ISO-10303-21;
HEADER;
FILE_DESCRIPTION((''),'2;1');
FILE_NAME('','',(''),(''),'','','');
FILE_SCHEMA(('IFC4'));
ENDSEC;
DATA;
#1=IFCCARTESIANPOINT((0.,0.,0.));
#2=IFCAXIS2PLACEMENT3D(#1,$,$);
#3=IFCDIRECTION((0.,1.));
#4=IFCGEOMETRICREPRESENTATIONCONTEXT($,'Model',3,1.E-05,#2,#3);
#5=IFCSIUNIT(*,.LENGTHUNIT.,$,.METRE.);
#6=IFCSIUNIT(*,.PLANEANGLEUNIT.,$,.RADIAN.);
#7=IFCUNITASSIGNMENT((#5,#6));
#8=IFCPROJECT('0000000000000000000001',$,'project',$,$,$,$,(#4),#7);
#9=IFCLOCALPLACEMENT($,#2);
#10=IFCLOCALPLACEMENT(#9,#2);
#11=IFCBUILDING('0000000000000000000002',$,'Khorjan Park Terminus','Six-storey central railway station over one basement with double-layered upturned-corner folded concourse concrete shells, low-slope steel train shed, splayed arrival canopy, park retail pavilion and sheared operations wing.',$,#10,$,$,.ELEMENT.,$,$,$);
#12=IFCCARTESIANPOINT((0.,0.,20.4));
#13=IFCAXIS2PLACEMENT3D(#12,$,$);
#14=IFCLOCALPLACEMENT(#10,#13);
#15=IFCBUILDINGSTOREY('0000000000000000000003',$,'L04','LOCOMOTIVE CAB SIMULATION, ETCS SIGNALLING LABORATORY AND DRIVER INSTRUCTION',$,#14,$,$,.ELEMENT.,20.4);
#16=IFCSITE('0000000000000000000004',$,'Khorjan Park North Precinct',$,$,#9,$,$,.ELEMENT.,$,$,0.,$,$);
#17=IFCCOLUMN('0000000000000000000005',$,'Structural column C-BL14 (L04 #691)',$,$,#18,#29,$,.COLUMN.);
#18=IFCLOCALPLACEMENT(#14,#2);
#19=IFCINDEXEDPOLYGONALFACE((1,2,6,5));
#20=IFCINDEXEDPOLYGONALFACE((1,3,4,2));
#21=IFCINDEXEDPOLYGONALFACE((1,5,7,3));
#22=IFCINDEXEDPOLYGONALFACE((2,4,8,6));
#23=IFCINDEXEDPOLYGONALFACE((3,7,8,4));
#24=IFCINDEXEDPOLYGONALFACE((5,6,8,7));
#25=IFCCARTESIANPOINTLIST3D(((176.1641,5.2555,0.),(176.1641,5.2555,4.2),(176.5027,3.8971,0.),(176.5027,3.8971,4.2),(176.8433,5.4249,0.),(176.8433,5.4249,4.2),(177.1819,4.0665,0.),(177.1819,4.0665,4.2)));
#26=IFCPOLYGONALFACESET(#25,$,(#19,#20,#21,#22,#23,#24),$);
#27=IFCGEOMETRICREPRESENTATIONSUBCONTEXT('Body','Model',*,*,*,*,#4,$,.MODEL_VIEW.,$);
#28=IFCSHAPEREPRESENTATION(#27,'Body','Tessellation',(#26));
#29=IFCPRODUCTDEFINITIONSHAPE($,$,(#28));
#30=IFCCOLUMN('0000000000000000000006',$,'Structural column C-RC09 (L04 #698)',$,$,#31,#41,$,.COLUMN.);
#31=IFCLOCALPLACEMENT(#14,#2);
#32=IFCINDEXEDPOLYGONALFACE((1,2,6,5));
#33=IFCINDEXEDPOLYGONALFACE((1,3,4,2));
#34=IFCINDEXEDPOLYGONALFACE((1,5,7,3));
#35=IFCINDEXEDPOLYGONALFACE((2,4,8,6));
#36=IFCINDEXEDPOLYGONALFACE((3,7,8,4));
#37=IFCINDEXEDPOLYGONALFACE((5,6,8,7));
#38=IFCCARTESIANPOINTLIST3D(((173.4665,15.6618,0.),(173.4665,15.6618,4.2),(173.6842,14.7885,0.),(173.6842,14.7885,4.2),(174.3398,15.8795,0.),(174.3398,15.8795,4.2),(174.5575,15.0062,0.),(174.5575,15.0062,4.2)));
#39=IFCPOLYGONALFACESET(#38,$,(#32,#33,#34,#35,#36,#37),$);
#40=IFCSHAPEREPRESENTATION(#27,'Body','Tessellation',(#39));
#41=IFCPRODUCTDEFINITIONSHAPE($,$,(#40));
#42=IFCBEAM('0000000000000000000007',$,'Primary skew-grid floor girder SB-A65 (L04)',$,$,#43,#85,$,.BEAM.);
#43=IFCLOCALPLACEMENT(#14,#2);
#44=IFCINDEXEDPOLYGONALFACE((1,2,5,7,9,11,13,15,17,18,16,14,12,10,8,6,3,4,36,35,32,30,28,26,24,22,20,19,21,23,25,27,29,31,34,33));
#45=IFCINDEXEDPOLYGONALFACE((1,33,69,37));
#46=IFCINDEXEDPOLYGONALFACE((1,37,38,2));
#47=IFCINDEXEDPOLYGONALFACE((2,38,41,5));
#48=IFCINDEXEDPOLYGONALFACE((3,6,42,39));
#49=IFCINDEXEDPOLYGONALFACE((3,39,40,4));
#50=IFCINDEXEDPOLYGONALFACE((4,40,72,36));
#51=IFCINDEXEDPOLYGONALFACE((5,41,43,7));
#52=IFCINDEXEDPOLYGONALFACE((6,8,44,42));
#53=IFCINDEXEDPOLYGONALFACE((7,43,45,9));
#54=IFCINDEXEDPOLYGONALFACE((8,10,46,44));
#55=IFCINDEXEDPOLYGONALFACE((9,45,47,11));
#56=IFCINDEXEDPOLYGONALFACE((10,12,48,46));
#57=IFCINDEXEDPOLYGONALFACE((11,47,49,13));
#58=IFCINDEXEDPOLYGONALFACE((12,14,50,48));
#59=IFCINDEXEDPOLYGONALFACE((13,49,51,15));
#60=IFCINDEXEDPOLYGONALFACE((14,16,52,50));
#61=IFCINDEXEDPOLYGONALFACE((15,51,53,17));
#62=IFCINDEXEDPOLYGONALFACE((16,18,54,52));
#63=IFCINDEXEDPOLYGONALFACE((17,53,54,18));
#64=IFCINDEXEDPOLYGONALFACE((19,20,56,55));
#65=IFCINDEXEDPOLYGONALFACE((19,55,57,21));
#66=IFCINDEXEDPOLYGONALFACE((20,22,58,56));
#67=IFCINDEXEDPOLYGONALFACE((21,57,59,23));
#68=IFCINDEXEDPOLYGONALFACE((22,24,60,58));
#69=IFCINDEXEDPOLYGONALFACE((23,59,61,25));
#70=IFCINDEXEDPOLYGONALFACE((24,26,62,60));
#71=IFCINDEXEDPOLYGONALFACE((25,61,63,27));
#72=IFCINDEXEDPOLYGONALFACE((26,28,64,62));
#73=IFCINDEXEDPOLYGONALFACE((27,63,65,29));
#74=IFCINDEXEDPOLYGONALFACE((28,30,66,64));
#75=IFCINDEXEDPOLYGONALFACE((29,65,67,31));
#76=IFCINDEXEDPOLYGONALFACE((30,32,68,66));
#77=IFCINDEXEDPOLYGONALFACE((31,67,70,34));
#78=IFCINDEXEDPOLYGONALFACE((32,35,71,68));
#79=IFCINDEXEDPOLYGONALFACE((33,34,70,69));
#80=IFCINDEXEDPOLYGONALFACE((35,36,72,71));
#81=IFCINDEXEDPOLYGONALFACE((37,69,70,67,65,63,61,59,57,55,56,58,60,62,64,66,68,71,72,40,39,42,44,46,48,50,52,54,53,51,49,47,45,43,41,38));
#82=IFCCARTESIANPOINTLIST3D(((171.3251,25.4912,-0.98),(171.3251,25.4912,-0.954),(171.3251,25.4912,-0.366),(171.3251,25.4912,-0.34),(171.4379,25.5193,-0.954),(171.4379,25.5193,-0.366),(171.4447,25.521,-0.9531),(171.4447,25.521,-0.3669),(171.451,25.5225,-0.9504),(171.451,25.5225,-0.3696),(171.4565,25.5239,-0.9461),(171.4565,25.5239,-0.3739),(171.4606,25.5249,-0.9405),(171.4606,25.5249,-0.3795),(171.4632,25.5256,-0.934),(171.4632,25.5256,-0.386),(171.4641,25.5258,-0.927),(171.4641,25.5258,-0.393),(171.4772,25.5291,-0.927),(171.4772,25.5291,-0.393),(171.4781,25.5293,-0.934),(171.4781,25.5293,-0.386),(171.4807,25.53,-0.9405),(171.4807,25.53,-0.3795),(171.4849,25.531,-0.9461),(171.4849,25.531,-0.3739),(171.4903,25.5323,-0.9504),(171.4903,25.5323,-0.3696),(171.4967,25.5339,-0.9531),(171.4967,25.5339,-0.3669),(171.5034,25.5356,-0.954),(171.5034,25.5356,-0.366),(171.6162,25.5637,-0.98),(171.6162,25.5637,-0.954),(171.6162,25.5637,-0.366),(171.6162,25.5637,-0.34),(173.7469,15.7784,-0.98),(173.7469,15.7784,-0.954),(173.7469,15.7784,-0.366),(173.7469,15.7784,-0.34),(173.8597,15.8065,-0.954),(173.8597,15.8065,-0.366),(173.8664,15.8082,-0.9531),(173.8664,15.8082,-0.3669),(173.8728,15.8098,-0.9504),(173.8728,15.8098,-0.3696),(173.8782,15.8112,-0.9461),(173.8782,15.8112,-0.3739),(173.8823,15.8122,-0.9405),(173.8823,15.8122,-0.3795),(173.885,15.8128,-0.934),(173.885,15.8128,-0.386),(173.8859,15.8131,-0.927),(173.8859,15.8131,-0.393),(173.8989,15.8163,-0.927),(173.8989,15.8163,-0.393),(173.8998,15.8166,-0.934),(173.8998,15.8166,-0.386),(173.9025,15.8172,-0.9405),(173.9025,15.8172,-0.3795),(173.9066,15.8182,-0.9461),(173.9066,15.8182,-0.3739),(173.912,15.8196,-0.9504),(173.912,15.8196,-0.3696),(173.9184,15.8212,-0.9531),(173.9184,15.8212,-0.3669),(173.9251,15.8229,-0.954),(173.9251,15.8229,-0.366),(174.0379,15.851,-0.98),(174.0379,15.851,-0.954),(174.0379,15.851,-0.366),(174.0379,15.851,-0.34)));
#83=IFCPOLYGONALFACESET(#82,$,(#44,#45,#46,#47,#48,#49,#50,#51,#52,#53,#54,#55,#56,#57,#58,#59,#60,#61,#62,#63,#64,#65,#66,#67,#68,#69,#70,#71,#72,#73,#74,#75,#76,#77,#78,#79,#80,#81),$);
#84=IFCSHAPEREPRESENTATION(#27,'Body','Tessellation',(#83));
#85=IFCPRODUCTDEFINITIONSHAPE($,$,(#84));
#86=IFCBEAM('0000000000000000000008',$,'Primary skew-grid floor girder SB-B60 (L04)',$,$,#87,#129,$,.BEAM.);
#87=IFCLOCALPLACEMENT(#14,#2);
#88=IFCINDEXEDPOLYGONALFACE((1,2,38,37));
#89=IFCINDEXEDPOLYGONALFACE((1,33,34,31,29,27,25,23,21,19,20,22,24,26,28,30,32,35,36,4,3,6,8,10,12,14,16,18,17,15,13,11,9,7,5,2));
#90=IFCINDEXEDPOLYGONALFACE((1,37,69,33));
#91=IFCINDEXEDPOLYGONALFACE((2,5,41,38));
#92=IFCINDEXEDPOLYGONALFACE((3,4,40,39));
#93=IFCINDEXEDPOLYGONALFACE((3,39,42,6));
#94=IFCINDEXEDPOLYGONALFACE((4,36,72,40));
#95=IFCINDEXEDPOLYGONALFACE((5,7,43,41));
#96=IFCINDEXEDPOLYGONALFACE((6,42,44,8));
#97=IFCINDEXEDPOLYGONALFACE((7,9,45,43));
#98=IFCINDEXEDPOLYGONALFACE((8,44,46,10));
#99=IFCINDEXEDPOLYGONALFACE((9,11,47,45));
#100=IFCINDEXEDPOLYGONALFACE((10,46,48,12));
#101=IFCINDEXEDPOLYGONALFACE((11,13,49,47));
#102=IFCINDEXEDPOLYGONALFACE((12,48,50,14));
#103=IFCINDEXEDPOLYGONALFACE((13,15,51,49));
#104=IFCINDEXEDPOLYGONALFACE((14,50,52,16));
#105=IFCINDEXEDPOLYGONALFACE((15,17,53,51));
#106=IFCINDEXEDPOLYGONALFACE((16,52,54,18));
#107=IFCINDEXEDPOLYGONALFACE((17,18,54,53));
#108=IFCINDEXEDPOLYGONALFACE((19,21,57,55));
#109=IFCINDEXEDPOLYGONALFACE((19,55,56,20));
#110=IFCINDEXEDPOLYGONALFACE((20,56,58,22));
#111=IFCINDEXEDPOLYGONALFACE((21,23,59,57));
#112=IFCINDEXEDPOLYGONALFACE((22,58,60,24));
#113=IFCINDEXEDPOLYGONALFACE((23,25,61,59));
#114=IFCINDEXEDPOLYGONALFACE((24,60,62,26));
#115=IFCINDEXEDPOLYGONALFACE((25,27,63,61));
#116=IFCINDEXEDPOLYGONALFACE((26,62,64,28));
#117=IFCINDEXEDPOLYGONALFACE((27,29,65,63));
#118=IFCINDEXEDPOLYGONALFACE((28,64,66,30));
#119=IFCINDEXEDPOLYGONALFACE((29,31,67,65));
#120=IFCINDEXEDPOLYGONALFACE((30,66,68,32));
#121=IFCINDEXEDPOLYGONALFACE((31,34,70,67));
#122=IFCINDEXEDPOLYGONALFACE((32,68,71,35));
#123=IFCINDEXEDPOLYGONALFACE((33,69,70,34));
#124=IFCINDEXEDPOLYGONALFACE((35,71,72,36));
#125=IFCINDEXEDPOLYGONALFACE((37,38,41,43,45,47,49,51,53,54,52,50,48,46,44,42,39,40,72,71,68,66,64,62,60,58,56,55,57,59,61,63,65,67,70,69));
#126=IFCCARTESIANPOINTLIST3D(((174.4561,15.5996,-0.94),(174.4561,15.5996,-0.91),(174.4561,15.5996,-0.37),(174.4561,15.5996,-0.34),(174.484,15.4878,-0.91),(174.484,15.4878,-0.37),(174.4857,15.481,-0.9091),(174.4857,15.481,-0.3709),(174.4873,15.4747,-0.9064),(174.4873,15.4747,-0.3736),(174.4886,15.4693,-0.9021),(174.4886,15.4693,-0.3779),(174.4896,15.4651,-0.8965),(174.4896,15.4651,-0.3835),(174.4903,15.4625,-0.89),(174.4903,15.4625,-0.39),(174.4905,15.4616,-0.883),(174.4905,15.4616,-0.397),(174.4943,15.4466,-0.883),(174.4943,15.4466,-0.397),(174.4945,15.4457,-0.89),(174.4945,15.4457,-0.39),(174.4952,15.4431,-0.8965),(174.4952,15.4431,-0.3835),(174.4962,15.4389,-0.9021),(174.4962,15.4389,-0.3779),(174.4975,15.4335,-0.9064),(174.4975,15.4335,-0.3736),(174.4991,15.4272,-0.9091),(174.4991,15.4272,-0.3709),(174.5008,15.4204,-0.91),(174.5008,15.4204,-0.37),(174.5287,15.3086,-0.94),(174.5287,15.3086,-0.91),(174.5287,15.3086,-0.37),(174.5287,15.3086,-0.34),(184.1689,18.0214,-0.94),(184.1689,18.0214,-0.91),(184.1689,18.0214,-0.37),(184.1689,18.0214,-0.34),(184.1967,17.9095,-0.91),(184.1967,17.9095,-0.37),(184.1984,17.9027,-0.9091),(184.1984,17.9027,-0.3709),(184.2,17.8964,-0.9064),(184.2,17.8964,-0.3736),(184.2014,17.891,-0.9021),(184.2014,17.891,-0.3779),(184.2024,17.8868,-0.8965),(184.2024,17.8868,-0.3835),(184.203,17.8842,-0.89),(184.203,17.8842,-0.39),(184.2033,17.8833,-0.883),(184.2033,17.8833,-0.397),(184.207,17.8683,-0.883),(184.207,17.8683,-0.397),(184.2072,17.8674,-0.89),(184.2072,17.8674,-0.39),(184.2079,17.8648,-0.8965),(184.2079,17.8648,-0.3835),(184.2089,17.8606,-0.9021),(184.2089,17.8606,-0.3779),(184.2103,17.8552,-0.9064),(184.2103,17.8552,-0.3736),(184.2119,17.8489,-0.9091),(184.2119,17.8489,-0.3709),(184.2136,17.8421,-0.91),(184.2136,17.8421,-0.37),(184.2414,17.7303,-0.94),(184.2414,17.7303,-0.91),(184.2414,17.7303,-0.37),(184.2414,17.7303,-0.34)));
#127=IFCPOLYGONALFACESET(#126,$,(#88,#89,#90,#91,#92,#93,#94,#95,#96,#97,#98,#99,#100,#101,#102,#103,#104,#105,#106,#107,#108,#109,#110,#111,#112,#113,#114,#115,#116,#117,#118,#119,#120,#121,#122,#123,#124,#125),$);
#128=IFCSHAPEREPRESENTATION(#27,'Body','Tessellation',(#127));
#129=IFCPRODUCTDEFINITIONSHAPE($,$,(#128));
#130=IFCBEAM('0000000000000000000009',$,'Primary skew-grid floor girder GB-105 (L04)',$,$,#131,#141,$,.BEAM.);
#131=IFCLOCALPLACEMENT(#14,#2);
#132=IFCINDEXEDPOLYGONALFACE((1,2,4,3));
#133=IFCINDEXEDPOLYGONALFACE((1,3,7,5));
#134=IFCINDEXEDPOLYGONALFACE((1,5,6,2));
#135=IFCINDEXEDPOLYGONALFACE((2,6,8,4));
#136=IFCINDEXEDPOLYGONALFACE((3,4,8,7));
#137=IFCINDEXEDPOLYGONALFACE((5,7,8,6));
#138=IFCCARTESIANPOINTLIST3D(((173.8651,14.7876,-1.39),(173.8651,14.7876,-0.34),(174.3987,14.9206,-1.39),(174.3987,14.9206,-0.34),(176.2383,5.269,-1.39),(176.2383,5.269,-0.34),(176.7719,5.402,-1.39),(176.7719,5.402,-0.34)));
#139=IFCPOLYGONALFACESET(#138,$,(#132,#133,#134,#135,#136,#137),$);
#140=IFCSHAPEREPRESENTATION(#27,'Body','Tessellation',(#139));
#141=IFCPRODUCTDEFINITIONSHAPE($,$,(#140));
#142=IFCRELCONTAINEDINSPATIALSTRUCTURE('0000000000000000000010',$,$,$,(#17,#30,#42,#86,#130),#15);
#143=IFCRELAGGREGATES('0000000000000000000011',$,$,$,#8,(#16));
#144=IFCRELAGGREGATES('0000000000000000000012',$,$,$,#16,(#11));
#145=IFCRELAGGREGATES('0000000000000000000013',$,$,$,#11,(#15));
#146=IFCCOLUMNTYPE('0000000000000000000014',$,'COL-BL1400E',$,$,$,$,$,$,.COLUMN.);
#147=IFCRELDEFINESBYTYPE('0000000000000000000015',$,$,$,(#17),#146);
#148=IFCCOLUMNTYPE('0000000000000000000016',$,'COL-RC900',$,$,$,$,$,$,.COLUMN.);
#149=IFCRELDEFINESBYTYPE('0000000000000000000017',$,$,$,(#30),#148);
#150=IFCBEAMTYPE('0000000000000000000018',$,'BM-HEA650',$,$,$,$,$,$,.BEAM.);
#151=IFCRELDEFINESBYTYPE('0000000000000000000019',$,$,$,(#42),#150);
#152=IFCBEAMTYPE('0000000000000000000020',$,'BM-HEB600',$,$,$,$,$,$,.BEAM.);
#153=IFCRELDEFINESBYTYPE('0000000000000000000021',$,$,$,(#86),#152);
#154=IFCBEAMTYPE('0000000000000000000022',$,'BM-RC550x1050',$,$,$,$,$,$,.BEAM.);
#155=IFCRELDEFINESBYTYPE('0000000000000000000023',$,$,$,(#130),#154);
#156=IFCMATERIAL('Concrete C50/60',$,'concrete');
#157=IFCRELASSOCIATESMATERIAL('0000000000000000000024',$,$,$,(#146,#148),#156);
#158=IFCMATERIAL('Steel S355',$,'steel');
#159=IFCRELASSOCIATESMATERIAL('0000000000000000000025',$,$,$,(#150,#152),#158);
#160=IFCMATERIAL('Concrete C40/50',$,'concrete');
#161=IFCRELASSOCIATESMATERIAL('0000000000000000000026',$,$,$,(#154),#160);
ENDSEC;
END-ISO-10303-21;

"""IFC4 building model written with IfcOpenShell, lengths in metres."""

from ifc_helpers import new_model, si_unit, direction, frame, origin, origin_2d, place, context, subcontext, project, spatial, rectangle, i_section, extrude, material, material_profile, profile_set, type_object, element, save


model = new_model("IFC4")

# Units and contexts
model_context = context("Model", 3, precision=1e-05, world=origin(), true_north=direction((0.0, 1.0)))
body_context = subcontext(model_context, "Body", "Model", "MODEL_VIEW")
ifc_project = project(units=[si_unit("LENGTHUNIT", "METRE"), si_unit("PLANEANGLEUNIT", "RADIAN")], contexts=[model_context])

# Site, building, storey
site_placement = place(None, origin())
site = spatial("IfcSite", under=ifc_project, at=site_placement, Name="Khorjan Park North Precinct", CompositionType="ELEMENT", RefElevation=0.0)
building_placement = place(site_placement, origin())
building = spatial("IfcBuilding", under=site, at=building_placement, Name="Khorjan Park Terminus", Description="Six-storey central railway station over one basement with double-layered upturned-corner folded concourse concrete shells, low-slope steel train shed, splayed arrival canopy, park retail pavilion and sheared operations wing.", CompositionType="ELEMENT")
storey_placement = place(building_placement, frame((0.0, 0.0, 20.4)))
storey = spatial("IfcBuildingStorey", under=building, at=storey_placement, Name="L04", Description="LOCOMOTIVE CAB SIMULATION, ETCS SIGNALLING LABORATORY AND DRIVER INSTRUCTION", CompositionType="ELEMENT", Elevation=20.4)

# Columns
ifc_material_1 = material(Name="Concrete C50/60", Category="concrete")
ifc_material_profile_1 = material_profile(ifc_material_1, rectangle(XDim=0.7, YDim=1.4, at=origin_2d()), Name="RC 700x1400")
ifc_profile_set_1 = profile_set([ifc_material_profile_1], Name="Concrete C50/60")
column_type_1 = type_object("IfcColumnType", Name="COL-BL1400E", PredefinedType="COLUMN", material=ifc_profile_set_1)
column_1_placement = place(storey_placement, frame((176.673, 4.661, 0.0), z_axis=(0.0, 0.0, 1.0), x_axis=(0.970296, 0.241922, 0.0)))
element("IfcColumn", 1, at=column_1_placement, inside=storey, type_object=column_type_1, Name="Structural column C-BL14 (L04 #691)", PredefinedType="COLUMN", context=body_context, shape_type="SweptSolid", body=[
    extrude(rectangle(XDim=0.7, YDim=1.4, at=origin_2d()), origin(), (0.0, 0.0, 1.0), 4.2),
])
ifc_material_profile_2 = material_profile(ifc_material_1, rectangle(XDim=0.9, YDim=0.9, at=origin_2d()), Name="RC 900x900")
ifc_profile_set_2 = profile_set([ifc_material_profile_2], Name="Concrete C50/60")
column_type_2 = type_object("IfcColumnType", Name="COL-RC900", PredefinedType="COLUMN", material=ifc_profile_set_2)
column_2_placement = place(storey_placement, frame((174.012, 15.334, 0.0), z_axis=(0.0, 0.0, 1.0), x_axis=(0.970296, 0.241922, 0.0)))
element("IfcColumn", 2, at=column_2_placement, inside=storey, type_object=column_type_2, Name="Structural column C-RC09 (L04 #698)", PredefinedType="COLUMN", context=body_context, shape_type="SweptSolid", body=[
    extrude(rectangle(XDim=0.9, YDim=0.9, at=origin_2d()), origin(), (0.0, 0.0, 1.0), 4.2),
])

# Beams
ifc_material_2 = material(Name="Steel S355", Category="steel")
ifc_material_profile_3 = material_profile(ifc_material_2, i_section(OverallWidth=0.3, OverallDepth=0.64, WebThickness=0.0135, FlangeThickness=0.026, FilletRadius=0.027, at=origin_2d()), Name="HEA 650")
ifc_profile_set_3 = profile_set([ifc_material_profile_3], Name="Steel S355")
beam_type_1 = type_object("IfcBeamType", Name="BM-HEA650", PredefinedType="BEAM", material=ifc_profile_set_3)
beam_1_placement = place(storey_placement, frame((173.8924, 15.8147, -0.66), z_axis=(-0.241927, 0.970295, 0.0), x_axis=(-0.970295, -0.241927, 0.0)))
element("IfcBeam", 3, at=beam_1_placement, inside=storey, type_object=beam_type_1, Name="Primary skew-grid floor girder SB-A65 (L04)", PredefinedType="BEAM", context=body_context, shape_type="SweptSolid", body=[
    extrude(i_section(OverallWidth=0.3, OverallDepth=0.64, WebThickness=0.0135, FlangeThickness=0.026, FilletRadius=0.027, at=origin_2d()), origin(), (0.0, 0.0, 1.0), 10.0101),
])
ifc_material_profile_4 = material_profile(ifc_material_2, i_section(OverallWidth=0.3, OverallDepth=0.6, WebThickness=0.0155, FlangeThickness=0.03, FilletRadius=0.027, at=origin_2d()), Name="HEB 600")
ifc_profile_set_4 = profile_set([ifc_material_profile_4], Name="Steel S355")
beam_type_2 = type_object("IfcBeamType", Name="BM-HEB600", PredefinedType="BEAM", material=ifc_profile_set_4)
beam_2_placement = place(storey_placement, frame((174.4924, 15.4541, -0.64), z_axis=(0.970295, 0.241927, 0.0), x_axis=(-0.241927, 0.970295, 0.0)))
element("IfcBeam", 4, at=beam_2_placement, inside=storey, type_object=beam_type_2, Name="Primary skew-grid floor girder SB-B60 (L04)", PredefinedType="BEAM", context=body_context, shape_type="SweptSolid", body=[
    extrude(i_section(OverallWidth=0.3, OverallDepth=0.6, WebThickness=0.0155, FlangeThickness=0.03, FilletRadius=0.027, at=origin_2d()), origin(), (0.0, 0.0, 1.0), 10.0101),
])
ifc_material_3 = material(Name="Concrete C40/50", Category="concrete")
ifc_material_profile_5 = material_profile(ifc_material_3, rectangle(XDim=0.55, YDim=1.05, at=origin_2d()), Name="RC 550x1050")
ifc_profile_set_5 = profile_set([ifc_material_profile_5], Name="Concrete C40/50")
beam_type_3 = type_object("IfcBeamType", Name="BM-RC550x1050", PredefinedType="BEAM", material=ifc_profile_set_5)
beam_3_placement = place(storey_placement, frame((176.5051, 5.3355, -0.865), z_axis=(-0.241917, 0.970297, 0.0), x_axis=(-0.970297, -0.241917, 0.0)))
element("IfcBeam", 5, at=beam_3_placement, inside=storey, type_object=beam_type_3, Name="Primary skew-grid floor girder GB-105 (L04)", PredefinedType="BEAM", context=body_context, shape_type="SweptSolid", body=[
    extrude(rectangle(XDim=0.55, YDim=1.05, at=origin_2d()), origin(), (0.0, 0.0, 1.0), 9.81),
])

save(model, "model.ifc")
